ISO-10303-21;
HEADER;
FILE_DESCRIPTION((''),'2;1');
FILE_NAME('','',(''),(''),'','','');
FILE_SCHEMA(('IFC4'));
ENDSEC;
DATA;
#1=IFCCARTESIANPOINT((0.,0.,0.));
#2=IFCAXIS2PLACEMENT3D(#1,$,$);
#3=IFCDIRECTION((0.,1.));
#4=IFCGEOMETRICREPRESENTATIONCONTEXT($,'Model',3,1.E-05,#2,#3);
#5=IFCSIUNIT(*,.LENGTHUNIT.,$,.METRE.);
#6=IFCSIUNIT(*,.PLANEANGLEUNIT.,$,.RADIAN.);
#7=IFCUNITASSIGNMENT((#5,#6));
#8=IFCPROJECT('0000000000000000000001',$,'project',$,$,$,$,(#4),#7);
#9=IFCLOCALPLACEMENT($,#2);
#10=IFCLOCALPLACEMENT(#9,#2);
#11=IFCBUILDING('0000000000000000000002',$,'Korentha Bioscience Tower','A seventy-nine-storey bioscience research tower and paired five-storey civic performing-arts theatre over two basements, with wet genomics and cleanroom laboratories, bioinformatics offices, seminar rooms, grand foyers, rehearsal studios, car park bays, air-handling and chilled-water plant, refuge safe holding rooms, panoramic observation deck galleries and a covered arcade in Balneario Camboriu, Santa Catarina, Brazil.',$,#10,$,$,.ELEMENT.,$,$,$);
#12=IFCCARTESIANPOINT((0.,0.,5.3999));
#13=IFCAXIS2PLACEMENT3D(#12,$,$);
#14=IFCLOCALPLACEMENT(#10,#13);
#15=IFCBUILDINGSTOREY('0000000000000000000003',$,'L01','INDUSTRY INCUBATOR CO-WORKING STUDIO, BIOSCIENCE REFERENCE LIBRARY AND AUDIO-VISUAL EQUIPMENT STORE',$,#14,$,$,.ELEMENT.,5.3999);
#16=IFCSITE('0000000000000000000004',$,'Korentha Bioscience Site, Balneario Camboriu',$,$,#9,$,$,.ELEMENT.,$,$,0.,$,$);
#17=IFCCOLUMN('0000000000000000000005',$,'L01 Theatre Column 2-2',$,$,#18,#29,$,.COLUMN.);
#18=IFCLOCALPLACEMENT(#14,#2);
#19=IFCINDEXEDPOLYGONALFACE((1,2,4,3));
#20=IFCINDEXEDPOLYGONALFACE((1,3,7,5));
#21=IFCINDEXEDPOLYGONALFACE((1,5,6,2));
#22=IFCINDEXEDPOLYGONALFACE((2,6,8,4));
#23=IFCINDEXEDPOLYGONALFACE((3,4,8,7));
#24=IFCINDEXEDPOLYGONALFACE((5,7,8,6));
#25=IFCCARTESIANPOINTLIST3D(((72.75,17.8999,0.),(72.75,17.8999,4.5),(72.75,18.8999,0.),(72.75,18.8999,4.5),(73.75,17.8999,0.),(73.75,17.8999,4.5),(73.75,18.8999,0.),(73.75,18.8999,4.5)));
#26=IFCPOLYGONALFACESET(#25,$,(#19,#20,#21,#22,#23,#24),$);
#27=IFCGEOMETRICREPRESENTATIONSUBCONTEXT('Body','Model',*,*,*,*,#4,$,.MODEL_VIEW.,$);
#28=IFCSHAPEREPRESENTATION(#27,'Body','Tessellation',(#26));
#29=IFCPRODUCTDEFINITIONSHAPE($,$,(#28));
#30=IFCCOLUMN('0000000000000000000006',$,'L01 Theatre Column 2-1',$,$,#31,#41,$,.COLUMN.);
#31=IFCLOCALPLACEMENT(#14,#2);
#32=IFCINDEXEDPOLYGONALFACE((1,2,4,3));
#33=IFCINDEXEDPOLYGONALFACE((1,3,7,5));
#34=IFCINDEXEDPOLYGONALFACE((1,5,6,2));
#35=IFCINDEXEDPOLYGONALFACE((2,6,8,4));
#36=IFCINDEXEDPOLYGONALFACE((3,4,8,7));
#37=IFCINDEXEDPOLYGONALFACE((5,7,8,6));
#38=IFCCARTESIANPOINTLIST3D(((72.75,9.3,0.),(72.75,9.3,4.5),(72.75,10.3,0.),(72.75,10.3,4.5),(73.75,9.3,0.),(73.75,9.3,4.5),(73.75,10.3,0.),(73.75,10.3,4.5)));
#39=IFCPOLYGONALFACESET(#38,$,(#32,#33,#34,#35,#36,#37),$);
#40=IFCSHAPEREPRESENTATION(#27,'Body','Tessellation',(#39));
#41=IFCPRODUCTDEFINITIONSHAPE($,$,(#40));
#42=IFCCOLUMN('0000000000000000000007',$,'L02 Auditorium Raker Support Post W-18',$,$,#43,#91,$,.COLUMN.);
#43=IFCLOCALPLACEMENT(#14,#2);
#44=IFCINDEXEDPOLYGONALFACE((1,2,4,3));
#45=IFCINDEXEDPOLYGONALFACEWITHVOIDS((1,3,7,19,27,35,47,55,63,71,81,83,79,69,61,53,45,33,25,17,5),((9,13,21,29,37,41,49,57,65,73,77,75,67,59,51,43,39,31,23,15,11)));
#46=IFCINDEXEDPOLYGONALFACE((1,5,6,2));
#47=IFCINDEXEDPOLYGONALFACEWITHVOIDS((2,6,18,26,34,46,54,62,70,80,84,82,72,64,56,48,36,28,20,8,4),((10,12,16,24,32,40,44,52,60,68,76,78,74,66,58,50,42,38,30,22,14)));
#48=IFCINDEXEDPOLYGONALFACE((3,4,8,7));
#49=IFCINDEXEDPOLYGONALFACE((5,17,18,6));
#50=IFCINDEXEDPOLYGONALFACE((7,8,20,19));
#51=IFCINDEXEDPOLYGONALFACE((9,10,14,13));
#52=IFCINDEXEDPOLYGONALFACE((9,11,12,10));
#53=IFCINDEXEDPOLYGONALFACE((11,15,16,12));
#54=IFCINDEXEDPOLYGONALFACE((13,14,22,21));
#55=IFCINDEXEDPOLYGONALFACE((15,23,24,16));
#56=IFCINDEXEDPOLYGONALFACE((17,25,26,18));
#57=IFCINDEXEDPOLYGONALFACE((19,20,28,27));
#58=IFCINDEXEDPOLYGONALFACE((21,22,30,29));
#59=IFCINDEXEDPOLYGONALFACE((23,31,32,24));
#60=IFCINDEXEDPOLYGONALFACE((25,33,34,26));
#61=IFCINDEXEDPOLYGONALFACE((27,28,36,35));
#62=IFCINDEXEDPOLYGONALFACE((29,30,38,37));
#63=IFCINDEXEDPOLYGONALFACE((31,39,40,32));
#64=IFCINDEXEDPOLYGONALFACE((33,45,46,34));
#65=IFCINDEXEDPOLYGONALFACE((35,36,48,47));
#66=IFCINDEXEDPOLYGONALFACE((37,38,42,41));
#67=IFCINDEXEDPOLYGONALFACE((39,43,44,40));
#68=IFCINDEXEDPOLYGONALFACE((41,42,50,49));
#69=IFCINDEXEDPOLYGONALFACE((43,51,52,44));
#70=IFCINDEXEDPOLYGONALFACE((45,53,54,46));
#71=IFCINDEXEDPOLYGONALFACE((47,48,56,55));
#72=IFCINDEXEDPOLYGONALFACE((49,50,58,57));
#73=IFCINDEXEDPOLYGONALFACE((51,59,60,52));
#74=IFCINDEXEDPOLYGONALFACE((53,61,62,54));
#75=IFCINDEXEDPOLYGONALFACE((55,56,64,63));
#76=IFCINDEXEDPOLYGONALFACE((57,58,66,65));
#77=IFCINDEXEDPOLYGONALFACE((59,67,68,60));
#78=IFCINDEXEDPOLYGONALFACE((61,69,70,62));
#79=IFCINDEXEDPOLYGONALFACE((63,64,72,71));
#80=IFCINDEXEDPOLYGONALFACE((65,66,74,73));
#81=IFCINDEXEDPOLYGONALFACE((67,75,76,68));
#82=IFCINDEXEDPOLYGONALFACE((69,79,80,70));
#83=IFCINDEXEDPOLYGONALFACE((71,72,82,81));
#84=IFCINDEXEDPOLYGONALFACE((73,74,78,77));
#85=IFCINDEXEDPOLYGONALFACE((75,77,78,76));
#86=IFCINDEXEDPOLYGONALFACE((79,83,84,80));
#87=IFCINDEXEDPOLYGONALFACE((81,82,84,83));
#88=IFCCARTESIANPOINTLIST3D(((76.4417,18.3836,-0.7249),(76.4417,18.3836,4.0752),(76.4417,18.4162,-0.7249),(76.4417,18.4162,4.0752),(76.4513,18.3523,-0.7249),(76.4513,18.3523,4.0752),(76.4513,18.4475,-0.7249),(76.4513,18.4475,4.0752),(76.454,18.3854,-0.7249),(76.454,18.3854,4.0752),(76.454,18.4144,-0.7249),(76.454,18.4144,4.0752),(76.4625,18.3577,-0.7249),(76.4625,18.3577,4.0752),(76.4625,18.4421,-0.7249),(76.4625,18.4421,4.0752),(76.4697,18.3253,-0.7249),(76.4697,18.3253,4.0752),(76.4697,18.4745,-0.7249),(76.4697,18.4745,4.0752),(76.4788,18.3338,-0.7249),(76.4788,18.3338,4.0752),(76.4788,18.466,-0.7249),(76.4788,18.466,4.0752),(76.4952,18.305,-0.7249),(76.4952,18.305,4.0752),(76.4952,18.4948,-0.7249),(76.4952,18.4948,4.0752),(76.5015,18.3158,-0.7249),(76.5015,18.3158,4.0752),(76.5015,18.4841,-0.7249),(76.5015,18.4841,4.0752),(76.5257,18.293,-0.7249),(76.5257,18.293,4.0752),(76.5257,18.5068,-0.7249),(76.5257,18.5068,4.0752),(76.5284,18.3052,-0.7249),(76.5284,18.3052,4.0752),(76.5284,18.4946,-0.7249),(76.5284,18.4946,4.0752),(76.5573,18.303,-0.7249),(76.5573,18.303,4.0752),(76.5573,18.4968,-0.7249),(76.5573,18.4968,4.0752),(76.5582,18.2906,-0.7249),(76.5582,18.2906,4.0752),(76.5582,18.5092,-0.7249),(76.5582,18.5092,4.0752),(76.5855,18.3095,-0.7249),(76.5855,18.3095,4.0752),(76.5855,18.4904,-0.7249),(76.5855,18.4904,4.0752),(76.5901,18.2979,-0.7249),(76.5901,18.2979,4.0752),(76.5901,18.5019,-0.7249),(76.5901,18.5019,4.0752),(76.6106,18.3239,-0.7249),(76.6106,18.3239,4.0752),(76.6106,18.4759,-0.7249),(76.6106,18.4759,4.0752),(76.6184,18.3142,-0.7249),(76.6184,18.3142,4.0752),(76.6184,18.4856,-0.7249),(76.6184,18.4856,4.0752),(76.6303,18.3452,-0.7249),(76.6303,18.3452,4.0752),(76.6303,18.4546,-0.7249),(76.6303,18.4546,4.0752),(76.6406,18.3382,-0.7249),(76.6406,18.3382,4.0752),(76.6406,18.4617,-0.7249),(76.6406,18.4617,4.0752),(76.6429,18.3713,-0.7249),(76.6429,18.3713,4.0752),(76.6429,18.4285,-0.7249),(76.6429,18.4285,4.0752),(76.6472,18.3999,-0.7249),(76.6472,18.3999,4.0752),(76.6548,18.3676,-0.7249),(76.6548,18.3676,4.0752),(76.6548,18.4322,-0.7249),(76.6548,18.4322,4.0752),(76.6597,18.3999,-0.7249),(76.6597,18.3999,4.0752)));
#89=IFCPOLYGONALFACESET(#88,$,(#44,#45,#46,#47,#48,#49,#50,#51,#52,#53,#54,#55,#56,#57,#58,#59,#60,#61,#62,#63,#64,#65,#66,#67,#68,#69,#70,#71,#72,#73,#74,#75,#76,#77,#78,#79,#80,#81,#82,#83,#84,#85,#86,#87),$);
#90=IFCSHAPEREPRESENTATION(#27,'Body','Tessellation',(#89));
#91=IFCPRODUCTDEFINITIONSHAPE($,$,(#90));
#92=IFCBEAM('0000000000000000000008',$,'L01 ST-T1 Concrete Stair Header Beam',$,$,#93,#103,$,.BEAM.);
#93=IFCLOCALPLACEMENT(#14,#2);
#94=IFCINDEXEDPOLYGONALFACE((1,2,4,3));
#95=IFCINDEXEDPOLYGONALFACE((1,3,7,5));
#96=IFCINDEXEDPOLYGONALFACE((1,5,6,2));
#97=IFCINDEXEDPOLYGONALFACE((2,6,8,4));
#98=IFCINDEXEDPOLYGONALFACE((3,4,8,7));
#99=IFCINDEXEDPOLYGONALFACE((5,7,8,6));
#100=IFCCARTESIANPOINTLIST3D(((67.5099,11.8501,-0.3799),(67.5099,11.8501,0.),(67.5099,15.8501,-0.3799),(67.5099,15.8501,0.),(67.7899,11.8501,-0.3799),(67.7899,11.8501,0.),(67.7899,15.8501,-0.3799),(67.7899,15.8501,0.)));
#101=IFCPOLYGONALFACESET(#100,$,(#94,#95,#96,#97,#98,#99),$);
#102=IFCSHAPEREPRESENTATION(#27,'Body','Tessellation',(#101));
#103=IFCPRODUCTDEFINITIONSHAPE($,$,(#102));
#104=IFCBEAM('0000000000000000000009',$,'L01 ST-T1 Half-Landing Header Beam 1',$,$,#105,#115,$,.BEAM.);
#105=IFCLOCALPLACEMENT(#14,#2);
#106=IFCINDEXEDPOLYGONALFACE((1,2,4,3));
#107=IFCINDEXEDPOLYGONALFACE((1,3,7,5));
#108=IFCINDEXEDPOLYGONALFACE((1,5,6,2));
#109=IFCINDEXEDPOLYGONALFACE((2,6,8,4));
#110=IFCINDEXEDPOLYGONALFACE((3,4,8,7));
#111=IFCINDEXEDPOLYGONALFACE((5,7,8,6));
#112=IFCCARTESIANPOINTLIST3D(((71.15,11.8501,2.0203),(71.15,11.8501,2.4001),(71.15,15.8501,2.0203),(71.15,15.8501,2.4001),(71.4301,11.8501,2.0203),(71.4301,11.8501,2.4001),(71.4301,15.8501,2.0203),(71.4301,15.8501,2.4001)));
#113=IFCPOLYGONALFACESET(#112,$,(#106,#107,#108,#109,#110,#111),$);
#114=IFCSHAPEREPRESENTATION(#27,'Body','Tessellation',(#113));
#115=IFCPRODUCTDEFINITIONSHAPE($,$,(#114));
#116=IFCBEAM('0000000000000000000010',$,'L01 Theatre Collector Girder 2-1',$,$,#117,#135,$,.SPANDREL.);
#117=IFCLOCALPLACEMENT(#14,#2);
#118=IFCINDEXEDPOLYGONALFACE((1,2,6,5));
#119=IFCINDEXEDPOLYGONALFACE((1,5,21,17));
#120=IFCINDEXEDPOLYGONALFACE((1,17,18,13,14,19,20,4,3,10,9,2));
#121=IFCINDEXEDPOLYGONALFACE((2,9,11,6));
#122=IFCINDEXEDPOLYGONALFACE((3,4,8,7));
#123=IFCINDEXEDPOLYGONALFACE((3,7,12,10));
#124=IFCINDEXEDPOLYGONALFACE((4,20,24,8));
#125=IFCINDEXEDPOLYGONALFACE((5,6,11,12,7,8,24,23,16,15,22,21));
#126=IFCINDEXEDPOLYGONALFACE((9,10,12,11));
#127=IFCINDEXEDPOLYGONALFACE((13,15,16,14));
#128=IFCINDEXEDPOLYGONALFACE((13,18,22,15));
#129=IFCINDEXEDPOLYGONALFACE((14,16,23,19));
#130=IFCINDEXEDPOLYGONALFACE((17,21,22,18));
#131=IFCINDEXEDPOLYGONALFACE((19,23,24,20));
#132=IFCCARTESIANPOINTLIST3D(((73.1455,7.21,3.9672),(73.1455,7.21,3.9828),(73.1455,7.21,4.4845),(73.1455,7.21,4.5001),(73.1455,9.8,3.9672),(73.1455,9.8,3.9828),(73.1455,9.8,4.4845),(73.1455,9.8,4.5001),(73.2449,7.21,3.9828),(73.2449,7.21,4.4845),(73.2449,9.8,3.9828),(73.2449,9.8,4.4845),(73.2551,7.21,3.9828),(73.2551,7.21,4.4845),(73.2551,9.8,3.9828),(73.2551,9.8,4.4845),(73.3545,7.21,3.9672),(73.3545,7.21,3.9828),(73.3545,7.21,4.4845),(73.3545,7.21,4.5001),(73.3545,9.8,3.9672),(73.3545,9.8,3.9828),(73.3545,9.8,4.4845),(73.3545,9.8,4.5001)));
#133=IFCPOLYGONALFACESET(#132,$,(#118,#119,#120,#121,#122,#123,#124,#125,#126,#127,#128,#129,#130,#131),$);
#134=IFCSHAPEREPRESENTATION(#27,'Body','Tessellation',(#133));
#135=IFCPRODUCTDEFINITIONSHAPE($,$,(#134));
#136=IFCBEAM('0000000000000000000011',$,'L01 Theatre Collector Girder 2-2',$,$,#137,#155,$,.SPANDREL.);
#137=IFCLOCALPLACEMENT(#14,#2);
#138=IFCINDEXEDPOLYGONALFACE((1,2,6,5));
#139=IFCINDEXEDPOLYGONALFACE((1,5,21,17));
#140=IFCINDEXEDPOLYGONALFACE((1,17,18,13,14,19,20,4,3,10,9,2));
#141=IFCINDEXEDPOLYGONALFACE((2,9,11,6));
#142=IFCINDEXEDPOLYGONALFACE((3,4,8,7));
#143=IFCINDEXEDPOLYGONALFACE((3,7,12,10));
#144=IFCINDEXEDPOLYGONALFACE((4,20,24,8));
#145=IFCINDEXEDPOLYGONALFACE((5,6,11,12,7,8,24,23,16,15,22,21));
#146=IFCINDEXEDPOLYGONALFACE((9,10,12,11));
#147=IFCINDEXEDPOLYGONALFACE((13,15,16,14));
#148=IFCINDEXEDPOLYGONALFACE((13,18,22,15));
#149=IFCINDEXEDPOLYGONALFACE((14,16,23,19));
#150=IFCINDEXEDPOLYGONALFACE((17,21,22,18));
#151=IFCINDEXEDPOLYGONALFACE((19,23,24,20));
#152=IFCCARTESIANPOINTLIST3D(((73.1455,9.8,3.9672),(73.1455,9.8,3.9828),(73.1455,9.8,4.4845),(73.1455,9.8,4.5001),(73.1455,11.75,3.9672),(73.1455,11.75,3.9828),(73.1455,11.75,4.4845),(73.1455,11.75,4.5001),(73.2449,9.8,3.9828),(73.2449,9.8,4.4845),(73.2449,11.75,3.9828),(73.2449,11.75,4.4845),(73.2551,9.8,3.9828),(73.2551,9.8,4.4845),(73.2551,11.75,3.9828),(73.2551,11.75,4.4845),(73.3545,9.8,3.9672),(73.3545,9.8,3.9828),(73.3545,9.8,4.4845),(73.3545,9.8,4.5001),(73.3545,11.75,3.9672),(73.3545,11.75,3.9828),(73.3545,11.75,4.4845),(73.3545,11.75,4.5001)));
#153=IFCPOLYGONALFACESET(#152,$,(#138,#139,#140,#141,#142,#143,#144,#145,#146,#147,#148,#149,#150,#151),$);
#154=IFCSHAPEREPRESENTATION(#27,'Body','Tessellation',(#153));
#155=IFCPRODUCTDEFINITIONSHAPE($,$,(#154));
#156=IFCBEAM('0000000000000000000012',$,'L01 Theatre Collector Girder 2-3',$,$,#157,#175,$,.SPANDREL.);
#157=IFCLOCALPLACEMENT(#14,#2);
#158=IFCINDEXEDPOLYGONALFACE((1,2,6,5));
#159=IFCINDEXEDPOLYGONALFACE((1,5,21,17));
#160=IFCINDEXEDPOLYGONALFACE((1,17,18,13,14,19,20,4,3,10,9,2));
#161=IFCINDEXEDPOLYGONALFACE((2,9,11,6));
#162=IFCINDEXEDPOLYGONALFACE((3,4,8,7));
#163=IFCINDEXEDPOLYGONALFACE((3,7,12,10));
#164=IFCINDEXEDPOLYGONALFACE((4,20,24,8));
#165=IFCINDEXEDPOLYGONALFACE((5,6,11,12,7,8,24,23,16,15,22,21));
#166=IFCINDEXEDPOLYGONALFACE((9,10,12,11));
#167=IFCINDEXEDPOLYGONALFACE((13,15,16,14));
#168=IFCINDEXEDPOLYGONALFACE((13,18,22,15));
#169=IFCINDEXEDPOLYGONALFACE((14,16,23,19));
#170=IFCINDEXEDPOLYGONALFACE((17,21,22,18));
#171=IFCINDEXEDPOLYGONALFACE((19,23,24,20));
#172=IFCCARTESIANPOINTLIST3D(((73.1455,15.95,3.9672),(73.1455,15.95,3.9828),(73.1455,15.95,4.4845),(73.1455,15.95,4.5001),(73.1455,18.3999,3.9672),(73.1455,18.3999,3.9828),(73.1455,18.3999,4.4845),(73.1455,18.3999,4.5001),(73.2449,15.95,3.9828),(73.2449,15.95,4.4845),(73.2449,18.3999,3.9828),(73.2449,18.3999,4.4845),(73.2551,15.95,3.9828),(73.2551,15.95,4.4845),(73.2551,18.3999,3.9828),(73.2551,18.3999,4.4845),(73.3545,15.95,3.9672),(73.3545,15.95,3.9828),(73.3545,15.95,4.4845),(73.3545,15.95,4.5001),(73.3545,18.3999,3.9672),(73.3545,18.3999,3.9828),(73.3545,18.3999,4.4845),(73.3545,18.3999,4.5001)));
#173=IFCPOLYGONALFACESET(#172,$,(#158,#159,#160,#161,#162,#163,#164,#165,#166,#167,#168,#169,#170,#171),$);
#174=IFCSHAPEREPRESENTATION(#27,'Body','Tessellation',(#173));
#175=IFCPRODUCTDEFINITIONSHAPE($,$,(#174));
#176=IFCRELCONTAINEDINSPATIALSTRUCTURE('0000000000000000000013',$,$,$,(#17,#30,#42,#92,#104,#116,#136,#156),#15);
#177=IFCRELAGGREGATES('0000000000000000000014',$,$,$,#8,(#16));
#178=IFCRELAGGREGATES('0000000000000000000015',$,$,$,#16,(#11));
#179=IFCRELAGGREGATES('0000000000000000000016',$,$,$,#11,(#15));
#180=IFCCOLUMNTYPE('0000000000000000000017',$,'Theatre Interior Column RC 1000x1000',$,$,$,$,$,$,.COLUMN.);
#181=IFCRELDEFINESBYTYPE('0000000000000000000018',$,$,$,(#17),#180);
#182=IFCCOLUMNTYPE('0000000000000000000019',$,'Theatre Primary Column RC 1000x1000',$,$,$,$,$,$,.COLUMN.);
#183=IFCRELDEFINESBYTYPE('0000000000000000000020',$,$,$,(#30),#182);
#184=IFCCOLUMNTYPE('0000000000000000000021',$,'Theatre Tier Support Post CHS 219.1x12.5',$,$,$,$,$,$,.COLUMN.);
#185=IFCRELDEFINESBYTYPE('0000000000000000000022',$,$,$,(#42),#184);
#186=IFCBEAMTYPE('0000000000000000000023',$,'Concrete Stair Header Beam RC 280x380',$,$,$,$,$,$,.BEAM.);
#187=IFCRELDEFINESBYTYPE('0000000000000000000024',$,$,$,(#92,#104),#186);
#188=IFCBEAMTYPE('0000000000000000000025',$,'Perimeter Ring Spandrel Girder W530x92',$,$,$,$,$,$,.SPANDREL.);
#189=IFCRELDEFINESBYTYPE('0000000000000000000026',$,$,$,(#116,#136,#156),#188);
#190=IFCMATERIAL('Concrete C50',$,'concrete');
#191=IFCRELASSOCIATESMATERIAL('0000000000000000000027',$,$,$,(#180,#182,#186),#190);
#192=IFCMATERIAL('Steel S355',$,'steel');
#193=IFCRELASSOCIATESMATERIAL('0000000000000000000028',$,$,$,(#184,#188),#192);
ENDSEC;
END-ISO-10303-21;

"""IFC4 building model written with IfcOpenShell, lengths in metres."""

from ifc_helpers import new_model, si_unit, direction, frame, origin, origin_2d, place, context, subcontext, project, spatial, rectangle, hollow_circle, i_section, extrude, material, material_profile, profile_set, type_object, element, save


model = new_model("IFC4")

# Units and contexts
model_context = context("Model", 3, precision=1e-05, world=origin(), true_north=direction((0.0, 1.0)))
body_context = subcontext(model_context, "Body", "Model", "MODEL_VIEW")
ifc_project = project(units=[si_unit("LENGTHUNIT", "METRE"), si_unit("PLANEANGLEUNIT", "RADIAN")], contexts=[model_context])

# Site, building, storey
site_placement = place(None, origin())
site = spatial("IfcSite", under=ifc_project, at=site_placement, Name="Korentha Bioscience Site, Balneario Camboriu", CompositionType="ELEMENT", RefElevation=0.0)
building_placement = place(site_placement, origin())
building = spatial("IfcBuilding", under=site, at=building_placement, Name="Korentha Bioscience Tower", Description="A seventy-nine-storey bioscience research tower and paired five-storey civic performing-arts theatre over two basements, with wet genomics and cleanroom laboratories, bioinformatics offices, seminar rooms, grand foyers, rehearsal studios, car park bays, air-handling and chilled-water plant, refuge safe holding rooms, panoramic observation deck galleries and a covered arcade in Balneario Camboriu, Santa Catarina, Brazil.", CompositionType="ELEMENT")
storey_placement = place(building_placement, frame((0.0, 0.0, 5.3999)))
storey = spatial("IfcBuildingStorey", under=building, at=storey_placement, Name="L01", Description="INDUSTRY INCUBATOR CO-WORKING STUDIO, BIOSCIENCE REFERENCE LIBRARY AND AUDIO-VISUAL EQUIPMENT STORE", CompositionType="ELEMENT", Elevation=5.3999)

# Columns
ifc_material_1 = material(Name="Concrete C50", Category="concrete")
ifc_material_profile_1 = material_profile(ifc_material_1, rectangle(XDim=1.0, YDim=1.0, at=origin_2d()), Name="Concrete C50")
ifc_profile_set_1 = profile_set([ifc_material_profile_1], Name="Concrete C50 (TC-I01)")
column_type_1 = type_object("IfcColumnType", Name="Theatre Interior Column RC 1000x1000", PredefinedType="COLUMN", material=ifc_profile_set_1)
column_1_placement = place(storey_placement, frame((73.25, 18.3999, 0.0), z_axis=(0.0, 0.0, 1.0), x_axis=(1.0, 0.0, 0.0)))
element("IfcColumn", 1, at=column_1_placement, inside=storey, type_object=column_type_1, Name="L01 Theatre Column 2-2", PredefinedType="COLUMN", context=body_context, shape_type="SweptSolid", body=[
    extrude(rectangle(XDim=1.0, YDim=1.0, at=origin_2d()), origin(), (0.0, 0.0, 1.0), 4.5),
])
ifc_material_profile_2 = material_profile(ifc_material_1, rectangle(XDim=1.0, YDim=1.0, at=origin_2d()), Name="Concrete C50")
ifc_profile_set_2 = profile_set([ifc_material_profile_2], Name="Concrete C50 (TC-01)")
column_type_2 = type_object("IfcColumnType", Name="Theatre Primary Column RC 1000x1000", PredefinedType="COLUMN", material=ifc_profile_set_2)
column_2_placement = place(storey_placement, frame((73.25, 9.8, 0.0), z_axis=(0.0, 0.0, 1.0), x_axis=(1.0, 0.0, 0.0)))
element("IfcColumn", 2, at=column_2_placement, inside=storey, type_object=column_type_2, Name="L01 Theatre Column 2-1", PredefinedType="COLUMN", context=body_context, shape_type="SweptSolid", body=[
    extrude(rectangle(XDim=1.0, YDim=1.0, at=origin_2d()), origin(), (0.0, 0.0, 1.0), 4.5),
])
ifc_material_2 = material(Name="Steel S355", Category="steel")
ifc_material_profile_3 = material_profile(ifc_material_2, hollow_circle(Radius=0.1096, WallThickness=0.0125, at=origin_2d()), Name="Steel S355")
ifc_profile_set_3 = profile_set([ifc_material_profile_3], Name="Steel S355 (TC-P219)")
column_type_3 = type_object("IfcColumnType", Name="Theatre Tier Support Post CHS 219.1x12.5", PredefinedType="COLUMN", material=ifc_profile_set_3)
column_3_placement = place(storey_placement, frame((76.55, 18.3999, -0.7249), z_axis=(0.0, 0.0, 1.0), x_axis=(1.0, 0.0, 0.0)))
element("IfcColumn", 3, at=column_3_placement, inside=storey, type_object=column_type_3, Name="L02 Auditorium Raker Support Post W-18", PredefinedType="COLUMN", context=body_context, shape_type="SweptSolid", body=[
    extrude(hollow_circle(Radius=0.1096, WallThickness=0.0125, at=origin_2d()), origin(), (0.0, 0.0, 1.0), 4.8),
])

# Beams
ifc_material_profile_4 = material_profile(ifc_material_1, rectangle(XDim=0.28, YDim=0.3799, at=origin_2d()), Name="Concrete C50")
ifc_profile_set_4 = profile_set([ifc_material_profile_4], Name="Concrete C50 (ST-HB380)")
beam_type_1 = type_object("IfcBeamType", Name="Concrete Stair Header Beam RC 280x380", PredefinedType="BEAM", material=ifc_profile_set_4)
for number, where, z_axis, x_axis, name in (
    (4, (67.6499, 11.8501, -0.1899), (0.0, 1.0, 0.0), (-1.0, 0.0, 0.0), "L01 ST-T1 Concrete Stair Header Beam"),
    (5, (71.29, 11.8501, 2.2102), (0.0, 1.0, 0.0), (-1.0, 0.0, 0.0), "L01 ST-T1 Half-Landing Header Beam 1"),
):
    element("IfcBeam", number, at=place(storey_placement, frame(where, z_axis=z_axis, x_axis=x_axis)), inside=storey, type_object=beam_type_1, Name=name, PredefinedType="BEAM", context=body_context, shape_type="SweptSolid", body=[
        extrude(rectangle(XDim=0.28, YDim=0.3799, at=origin_2d()), origin(), (0.0, 0.0, 1.0), 4.0),
    ])
ifc_material_profile_5 = material_profile(ifc_material_2, i_section(OverallWidth=0.209, OverallDepth=0.533, WebThickness=0.0103, FlangeThickness=0.0156, at=origin_2d()), Name="Steel S355")
ifc_profile_set_5 = profile_set([ifc_material_profile_5], Name="Steel S355 (SB-530)")
beam_type_2 = type_object("IfcBeamType", Name="Perimeter Ring Spandrel Girder W530x92", PredefinedType="SPANDREL", material=ifc_profile_set_5)
beam_1_placement = place(storey_placement, frame((73.25, 7.21, 4.2336), z_axis=(0.0, 1.0, 0.0), x_axis=(-1.0, 0.0, 0.0)))
element("IfcBeam", 6, at=beam_1_placement, inside=storey, type_object=beam_type_2, Name="L01 Theatre Collector Girder 2-1", PredefinedType="SPANDREL", context=body_context, shape_type="SweptSolid", body=[
    extrude(i_section(OverallWidth=0.209, OverallDepth=0.533, WebThickness=0.0103, FlangeThickness=0.0156, at=origin_2d()), origin(), (0.0, 0.0, 1.0), 2.5901),
])
beam_2_placement = place(storey_placement, frame((73.25, 9.8, 4.2336), z_axis=(0.0, 1.0, 0.0), x_axis=(-1.0, 0.0, 0.0)))
element("IfcBeam", 7, at=beam_2_placement, inside=storey, type_object=beam_type_2, Name="L01 Theatre Collector Girder 2-2", PredefinedType="SPANDREL", context=body_context, shape_type="SweptSolid", body=[
    extrude(i_section(OverallWidth=0.209, OverallDepth=0.533, WebThickness=0.0103, FlangeThickness=0.0156, at=origin_2d()), origin(), (0.0, 0.0, 1.0), 1.95),
])
beam_3_placement = place(storey_placement, frame((73.25, 15.95, 4.2336), z_axis=(0.0, 1.0, 0.0), x_axis=(-1.0, 0.0, 0.0)))
element("IfcBeam", 8, at=beam_3_placement, inside=storey, type_object=beam_type_2, Name="L01 Theatre Collector Girder 2-3", PredefinedType="SPANDREL", context=body_context, shape_type="SweptSolid", body=[
    extrude(i_section(OverallWidth=0.209, OverallDepth=0.533, WebThickness=0.0103, FlangeThickness=0.0156, at=origin_2d()), origin(), (0.0, 0.0, 1.0), 2.45),
])

save(model, "model.ifc")
